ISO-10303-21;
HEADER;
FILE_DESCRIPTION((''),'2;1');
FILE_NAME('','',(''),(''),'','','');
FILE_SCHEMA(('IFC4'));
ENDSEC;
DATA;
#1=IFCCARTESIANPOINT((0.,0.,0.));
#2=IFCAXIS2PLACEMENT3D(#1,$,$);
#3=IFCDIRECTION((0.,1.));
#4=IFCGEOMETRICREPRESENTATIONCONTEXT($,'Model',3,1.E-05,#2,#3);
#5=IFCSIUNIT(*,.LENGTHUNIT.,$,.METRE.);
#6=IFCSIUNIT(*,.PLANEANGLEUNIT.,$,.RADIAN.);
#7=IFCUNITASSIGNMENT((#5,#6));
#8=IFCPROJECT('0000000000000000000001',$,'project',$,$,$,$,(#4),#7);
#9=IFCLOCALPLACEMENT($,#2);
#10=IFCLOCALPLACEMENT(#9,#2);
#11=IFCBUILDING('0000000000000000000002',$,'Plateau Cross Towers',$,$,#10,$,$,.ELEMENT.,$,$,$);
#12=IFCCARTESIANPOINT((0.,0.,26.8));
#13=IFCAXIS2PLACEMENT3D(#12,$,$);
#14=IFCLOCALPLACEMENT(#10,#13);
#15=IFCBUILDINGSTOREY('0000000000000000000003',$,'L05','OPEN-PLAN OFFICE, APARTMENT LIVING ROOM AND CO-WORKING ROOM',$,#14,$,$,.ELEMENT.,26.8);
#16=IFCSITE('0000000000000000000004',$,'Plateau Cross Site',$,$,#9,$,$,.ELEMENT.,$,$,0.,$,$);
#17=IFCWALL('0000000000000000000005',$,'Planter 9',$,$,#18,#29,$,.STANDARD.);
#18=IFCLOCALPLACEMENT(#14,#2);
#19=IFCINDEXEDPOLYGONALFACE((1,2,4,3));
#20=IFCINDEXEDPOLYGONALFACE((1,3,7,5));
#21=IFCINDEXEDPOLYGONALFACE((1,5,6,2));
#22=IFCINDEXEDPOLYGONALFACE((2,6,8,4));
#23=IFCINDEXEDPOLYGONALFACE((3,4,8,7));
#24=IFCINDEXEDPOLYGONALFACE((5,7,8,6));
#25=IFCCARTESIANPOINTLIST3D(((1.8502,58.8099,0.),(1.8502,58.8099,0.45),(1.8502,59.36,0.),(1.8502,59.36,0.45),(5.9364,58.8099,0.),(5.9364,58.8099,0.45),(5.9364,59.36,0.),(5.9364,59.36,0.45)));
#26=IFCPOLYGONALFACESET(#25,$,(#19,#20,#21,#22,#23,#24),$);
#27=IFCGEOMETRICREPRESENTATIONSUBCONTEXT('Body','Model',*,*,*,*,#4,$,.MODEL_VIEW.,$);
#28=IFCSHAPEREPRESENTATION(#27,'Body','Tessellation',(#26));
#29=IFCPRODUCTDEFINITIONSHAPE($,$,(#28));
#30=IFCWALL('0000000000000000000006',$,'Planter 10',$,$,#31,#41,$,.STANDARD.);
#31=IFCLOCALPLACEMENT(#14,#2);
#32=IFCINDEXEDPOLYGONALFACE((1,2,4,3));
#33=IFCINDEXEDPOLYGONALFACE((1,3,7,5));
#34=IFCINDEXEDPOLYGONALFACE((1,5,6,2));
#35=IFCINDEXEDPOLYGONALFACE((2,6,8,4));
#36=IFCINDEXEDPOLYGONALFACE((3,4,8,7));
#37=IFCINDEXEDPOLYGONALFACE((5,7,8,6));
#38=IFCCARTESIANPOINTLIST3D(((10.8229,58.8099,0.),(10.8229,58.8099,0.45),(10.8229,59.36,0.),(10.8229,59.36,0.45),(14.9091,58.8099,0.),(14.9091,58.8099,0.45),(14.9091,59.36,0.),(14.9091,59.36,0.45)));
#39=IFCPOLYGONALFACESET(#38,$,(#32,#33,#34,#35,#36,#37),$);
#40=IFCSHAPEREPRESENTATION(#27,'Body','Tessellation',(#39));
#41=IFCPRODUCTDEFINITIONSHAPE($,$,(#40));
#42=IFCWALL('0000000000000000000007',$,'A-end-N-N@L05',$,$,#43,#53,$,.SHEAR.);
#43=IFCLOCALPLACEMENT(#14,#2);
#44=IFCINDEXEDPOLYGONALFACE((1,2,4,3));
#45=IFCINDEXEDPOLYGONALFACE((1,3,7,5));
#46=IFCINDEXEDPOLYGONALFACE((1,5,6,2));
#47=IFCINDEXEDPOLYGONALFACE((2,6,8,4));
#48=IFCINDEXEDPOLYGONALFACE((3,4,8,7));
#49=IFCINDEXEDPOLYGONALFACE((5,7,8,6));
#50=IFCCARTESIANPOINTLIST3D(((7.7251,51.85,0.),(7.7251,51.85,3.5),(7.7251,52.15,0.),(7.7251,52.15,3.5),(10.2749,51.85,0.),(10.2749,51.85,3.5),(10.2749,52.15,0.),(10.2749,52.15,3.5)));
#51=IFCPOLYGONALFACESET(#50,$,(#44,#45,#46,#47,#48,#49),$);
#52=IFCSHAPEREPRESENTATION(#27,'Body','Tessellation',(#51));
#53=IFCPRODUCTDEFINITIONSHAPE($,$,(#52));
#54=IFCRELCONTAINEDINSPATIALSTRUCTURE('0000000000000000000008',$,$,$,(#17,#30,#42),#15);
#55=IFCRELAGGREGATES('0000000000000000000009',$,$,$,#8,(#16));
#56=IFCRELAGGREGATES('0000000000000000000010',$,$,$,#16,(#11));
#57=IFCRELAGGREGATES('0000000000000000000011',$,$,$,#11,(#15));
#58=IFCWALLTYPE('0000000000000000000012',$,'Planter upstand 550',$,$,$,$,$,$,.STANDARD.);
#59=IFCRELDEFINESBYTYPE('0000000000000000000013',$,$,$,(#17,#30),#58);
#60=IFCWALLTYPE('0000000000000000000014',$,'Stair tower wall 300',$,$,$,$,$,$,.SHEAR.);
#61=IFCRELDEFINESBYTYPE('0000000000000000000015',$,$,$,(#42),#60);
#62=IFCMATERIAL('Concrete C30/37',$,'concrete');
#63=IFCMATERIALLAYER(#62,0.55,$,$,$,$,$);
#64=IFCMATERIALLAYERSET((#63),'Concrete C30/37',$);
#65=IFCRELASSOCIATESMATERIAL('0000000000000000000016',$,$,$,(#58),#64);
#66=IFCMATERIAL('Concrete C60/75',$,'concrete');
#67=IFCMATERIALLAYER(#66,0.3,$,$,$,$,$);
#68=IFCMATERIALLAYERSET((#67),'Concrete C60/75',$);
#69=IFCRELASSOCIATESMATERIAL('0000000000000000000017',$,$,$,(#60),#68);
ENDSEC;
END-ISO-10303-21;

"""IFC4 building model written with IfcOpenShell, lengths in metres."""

from ifc_helpers import new_model, si_unit, direction, frame, frame_2d, origin, place, context, subcontext, project, spatial, rectangle, extrude, material, layer, layer_set, type_object, element, save


model = new_model("IFC4")

# Units and contexts
model_context = context("Model", 3, precision=1e-05, world=origin(), true_north=direction((0.0, 1.0)))
body_context = subcontext(model_context, "Body", "Model", "MODEL_VIEW")
ifc_project = project(units=[si_unit("LENGTHUNIT", "METRE"), si_unit("PLANEANGLEUNIT", "RADIAN")], contexts=[model_context])

# Site, building, storey
site_placement = place(None, origin())
site = spatial("IfcSite", under=ifc_project, at=site_placement, Name="Plateau Cross Site", CompositionType="ELEMENT", RefElevation=0.0)
building_placement = place(site_placement, origin())
building = spatial("IfcBuilding", under=site, at=building_placement, Name="Plateau Cross Towers", CompositionType="ELEMENT")
storey_placement = place(building_placement, frame((0.0, 0.0, 26.8)))
storey = spatial("IfcBuildingStorey", under=building, at=storey_placement, Name="L05", Description="OPEN-PLAN OFFICE, APARTMENT LIVING ROOM AND CO-WORKING ROOM", CompositionType="ELEMENT", Elevation=26.8)

# Shared definitions
ifc_material_1 = material(Name="Concrete C60/75", Category="concrete")

# Walls
ifc_material_2 = material(Name="Concrete C30/37", Category="concrete")
ifc_layer_1 = layer(ifc_material_2, 0.55)
ifc_layer_set_1 = layer_set([ifc_layer_1], Name="Concrete C30/37")
wall_type_1 = type_object("IfcWallType", Name="Planter upstand 550", PredefinedType="STANDARD", material=ifc_layer_set_1)
for number, where, z_axis, x_axis, name in (
    (1, (1.8503, 59.085, 0.0), (0.0, 0.0, 1.0), (1.0, 0.0, 0.0), "Planter 9"),
    (2, (10.823, 59.085, 0.0), (0.0, 0.0, 1.0), (1.0, 0.0, 0.0), "Planter 10"),
):
    element("IfcWall", number, at=place(storey_placement, frame(where, z_axis=z_axis, x_axis=x_axis)), inside=storey, type_object=wall_type_1, Name=name, PredefinedType="STANDARD", context=body_context, shape_type="SweptSolid", body=[
        extrude(rectangle(XDim=4.0862, YDim=0.55, at=frame_2d((2.043, 0.0))), origin(), (0.0, 0.0, 1.0), 0.45),
    ])
ifc_layer_2 = layer(ifc_material_1, 0.3)
ifc_layer_set_2 = layer_set([ifc_layer_2], Name="Concrete C60/75")
wall_type_2 = type_object("IfcWallType", Name="Stair tower wall 300", PredefinedType="SHEAR", material=ifc_layer_set_2)
wall_1_placement = place(storey_placement, frame((7.7251, 52.0, 0.0), z_axis=(0.0, 0.0, 1.0), x_axis=(1.0, 0.0, 0.0)))
element("IfcWall", 3, at=wall_1_placement, inside=storey, type_object=wall_type_2, Name="A-end-N-N@L05", PredefinedType="SHEAR", context=body_context, shape_type="SweptSolid", body=[
    extrude(rectangle(XDim=2.5498, YDim=0.3, at=frame_2d((1.2749, 0.0))), origin(), (0.0, 0.0, 1.0), 3.5),
])

save(model, "model.ifc")
